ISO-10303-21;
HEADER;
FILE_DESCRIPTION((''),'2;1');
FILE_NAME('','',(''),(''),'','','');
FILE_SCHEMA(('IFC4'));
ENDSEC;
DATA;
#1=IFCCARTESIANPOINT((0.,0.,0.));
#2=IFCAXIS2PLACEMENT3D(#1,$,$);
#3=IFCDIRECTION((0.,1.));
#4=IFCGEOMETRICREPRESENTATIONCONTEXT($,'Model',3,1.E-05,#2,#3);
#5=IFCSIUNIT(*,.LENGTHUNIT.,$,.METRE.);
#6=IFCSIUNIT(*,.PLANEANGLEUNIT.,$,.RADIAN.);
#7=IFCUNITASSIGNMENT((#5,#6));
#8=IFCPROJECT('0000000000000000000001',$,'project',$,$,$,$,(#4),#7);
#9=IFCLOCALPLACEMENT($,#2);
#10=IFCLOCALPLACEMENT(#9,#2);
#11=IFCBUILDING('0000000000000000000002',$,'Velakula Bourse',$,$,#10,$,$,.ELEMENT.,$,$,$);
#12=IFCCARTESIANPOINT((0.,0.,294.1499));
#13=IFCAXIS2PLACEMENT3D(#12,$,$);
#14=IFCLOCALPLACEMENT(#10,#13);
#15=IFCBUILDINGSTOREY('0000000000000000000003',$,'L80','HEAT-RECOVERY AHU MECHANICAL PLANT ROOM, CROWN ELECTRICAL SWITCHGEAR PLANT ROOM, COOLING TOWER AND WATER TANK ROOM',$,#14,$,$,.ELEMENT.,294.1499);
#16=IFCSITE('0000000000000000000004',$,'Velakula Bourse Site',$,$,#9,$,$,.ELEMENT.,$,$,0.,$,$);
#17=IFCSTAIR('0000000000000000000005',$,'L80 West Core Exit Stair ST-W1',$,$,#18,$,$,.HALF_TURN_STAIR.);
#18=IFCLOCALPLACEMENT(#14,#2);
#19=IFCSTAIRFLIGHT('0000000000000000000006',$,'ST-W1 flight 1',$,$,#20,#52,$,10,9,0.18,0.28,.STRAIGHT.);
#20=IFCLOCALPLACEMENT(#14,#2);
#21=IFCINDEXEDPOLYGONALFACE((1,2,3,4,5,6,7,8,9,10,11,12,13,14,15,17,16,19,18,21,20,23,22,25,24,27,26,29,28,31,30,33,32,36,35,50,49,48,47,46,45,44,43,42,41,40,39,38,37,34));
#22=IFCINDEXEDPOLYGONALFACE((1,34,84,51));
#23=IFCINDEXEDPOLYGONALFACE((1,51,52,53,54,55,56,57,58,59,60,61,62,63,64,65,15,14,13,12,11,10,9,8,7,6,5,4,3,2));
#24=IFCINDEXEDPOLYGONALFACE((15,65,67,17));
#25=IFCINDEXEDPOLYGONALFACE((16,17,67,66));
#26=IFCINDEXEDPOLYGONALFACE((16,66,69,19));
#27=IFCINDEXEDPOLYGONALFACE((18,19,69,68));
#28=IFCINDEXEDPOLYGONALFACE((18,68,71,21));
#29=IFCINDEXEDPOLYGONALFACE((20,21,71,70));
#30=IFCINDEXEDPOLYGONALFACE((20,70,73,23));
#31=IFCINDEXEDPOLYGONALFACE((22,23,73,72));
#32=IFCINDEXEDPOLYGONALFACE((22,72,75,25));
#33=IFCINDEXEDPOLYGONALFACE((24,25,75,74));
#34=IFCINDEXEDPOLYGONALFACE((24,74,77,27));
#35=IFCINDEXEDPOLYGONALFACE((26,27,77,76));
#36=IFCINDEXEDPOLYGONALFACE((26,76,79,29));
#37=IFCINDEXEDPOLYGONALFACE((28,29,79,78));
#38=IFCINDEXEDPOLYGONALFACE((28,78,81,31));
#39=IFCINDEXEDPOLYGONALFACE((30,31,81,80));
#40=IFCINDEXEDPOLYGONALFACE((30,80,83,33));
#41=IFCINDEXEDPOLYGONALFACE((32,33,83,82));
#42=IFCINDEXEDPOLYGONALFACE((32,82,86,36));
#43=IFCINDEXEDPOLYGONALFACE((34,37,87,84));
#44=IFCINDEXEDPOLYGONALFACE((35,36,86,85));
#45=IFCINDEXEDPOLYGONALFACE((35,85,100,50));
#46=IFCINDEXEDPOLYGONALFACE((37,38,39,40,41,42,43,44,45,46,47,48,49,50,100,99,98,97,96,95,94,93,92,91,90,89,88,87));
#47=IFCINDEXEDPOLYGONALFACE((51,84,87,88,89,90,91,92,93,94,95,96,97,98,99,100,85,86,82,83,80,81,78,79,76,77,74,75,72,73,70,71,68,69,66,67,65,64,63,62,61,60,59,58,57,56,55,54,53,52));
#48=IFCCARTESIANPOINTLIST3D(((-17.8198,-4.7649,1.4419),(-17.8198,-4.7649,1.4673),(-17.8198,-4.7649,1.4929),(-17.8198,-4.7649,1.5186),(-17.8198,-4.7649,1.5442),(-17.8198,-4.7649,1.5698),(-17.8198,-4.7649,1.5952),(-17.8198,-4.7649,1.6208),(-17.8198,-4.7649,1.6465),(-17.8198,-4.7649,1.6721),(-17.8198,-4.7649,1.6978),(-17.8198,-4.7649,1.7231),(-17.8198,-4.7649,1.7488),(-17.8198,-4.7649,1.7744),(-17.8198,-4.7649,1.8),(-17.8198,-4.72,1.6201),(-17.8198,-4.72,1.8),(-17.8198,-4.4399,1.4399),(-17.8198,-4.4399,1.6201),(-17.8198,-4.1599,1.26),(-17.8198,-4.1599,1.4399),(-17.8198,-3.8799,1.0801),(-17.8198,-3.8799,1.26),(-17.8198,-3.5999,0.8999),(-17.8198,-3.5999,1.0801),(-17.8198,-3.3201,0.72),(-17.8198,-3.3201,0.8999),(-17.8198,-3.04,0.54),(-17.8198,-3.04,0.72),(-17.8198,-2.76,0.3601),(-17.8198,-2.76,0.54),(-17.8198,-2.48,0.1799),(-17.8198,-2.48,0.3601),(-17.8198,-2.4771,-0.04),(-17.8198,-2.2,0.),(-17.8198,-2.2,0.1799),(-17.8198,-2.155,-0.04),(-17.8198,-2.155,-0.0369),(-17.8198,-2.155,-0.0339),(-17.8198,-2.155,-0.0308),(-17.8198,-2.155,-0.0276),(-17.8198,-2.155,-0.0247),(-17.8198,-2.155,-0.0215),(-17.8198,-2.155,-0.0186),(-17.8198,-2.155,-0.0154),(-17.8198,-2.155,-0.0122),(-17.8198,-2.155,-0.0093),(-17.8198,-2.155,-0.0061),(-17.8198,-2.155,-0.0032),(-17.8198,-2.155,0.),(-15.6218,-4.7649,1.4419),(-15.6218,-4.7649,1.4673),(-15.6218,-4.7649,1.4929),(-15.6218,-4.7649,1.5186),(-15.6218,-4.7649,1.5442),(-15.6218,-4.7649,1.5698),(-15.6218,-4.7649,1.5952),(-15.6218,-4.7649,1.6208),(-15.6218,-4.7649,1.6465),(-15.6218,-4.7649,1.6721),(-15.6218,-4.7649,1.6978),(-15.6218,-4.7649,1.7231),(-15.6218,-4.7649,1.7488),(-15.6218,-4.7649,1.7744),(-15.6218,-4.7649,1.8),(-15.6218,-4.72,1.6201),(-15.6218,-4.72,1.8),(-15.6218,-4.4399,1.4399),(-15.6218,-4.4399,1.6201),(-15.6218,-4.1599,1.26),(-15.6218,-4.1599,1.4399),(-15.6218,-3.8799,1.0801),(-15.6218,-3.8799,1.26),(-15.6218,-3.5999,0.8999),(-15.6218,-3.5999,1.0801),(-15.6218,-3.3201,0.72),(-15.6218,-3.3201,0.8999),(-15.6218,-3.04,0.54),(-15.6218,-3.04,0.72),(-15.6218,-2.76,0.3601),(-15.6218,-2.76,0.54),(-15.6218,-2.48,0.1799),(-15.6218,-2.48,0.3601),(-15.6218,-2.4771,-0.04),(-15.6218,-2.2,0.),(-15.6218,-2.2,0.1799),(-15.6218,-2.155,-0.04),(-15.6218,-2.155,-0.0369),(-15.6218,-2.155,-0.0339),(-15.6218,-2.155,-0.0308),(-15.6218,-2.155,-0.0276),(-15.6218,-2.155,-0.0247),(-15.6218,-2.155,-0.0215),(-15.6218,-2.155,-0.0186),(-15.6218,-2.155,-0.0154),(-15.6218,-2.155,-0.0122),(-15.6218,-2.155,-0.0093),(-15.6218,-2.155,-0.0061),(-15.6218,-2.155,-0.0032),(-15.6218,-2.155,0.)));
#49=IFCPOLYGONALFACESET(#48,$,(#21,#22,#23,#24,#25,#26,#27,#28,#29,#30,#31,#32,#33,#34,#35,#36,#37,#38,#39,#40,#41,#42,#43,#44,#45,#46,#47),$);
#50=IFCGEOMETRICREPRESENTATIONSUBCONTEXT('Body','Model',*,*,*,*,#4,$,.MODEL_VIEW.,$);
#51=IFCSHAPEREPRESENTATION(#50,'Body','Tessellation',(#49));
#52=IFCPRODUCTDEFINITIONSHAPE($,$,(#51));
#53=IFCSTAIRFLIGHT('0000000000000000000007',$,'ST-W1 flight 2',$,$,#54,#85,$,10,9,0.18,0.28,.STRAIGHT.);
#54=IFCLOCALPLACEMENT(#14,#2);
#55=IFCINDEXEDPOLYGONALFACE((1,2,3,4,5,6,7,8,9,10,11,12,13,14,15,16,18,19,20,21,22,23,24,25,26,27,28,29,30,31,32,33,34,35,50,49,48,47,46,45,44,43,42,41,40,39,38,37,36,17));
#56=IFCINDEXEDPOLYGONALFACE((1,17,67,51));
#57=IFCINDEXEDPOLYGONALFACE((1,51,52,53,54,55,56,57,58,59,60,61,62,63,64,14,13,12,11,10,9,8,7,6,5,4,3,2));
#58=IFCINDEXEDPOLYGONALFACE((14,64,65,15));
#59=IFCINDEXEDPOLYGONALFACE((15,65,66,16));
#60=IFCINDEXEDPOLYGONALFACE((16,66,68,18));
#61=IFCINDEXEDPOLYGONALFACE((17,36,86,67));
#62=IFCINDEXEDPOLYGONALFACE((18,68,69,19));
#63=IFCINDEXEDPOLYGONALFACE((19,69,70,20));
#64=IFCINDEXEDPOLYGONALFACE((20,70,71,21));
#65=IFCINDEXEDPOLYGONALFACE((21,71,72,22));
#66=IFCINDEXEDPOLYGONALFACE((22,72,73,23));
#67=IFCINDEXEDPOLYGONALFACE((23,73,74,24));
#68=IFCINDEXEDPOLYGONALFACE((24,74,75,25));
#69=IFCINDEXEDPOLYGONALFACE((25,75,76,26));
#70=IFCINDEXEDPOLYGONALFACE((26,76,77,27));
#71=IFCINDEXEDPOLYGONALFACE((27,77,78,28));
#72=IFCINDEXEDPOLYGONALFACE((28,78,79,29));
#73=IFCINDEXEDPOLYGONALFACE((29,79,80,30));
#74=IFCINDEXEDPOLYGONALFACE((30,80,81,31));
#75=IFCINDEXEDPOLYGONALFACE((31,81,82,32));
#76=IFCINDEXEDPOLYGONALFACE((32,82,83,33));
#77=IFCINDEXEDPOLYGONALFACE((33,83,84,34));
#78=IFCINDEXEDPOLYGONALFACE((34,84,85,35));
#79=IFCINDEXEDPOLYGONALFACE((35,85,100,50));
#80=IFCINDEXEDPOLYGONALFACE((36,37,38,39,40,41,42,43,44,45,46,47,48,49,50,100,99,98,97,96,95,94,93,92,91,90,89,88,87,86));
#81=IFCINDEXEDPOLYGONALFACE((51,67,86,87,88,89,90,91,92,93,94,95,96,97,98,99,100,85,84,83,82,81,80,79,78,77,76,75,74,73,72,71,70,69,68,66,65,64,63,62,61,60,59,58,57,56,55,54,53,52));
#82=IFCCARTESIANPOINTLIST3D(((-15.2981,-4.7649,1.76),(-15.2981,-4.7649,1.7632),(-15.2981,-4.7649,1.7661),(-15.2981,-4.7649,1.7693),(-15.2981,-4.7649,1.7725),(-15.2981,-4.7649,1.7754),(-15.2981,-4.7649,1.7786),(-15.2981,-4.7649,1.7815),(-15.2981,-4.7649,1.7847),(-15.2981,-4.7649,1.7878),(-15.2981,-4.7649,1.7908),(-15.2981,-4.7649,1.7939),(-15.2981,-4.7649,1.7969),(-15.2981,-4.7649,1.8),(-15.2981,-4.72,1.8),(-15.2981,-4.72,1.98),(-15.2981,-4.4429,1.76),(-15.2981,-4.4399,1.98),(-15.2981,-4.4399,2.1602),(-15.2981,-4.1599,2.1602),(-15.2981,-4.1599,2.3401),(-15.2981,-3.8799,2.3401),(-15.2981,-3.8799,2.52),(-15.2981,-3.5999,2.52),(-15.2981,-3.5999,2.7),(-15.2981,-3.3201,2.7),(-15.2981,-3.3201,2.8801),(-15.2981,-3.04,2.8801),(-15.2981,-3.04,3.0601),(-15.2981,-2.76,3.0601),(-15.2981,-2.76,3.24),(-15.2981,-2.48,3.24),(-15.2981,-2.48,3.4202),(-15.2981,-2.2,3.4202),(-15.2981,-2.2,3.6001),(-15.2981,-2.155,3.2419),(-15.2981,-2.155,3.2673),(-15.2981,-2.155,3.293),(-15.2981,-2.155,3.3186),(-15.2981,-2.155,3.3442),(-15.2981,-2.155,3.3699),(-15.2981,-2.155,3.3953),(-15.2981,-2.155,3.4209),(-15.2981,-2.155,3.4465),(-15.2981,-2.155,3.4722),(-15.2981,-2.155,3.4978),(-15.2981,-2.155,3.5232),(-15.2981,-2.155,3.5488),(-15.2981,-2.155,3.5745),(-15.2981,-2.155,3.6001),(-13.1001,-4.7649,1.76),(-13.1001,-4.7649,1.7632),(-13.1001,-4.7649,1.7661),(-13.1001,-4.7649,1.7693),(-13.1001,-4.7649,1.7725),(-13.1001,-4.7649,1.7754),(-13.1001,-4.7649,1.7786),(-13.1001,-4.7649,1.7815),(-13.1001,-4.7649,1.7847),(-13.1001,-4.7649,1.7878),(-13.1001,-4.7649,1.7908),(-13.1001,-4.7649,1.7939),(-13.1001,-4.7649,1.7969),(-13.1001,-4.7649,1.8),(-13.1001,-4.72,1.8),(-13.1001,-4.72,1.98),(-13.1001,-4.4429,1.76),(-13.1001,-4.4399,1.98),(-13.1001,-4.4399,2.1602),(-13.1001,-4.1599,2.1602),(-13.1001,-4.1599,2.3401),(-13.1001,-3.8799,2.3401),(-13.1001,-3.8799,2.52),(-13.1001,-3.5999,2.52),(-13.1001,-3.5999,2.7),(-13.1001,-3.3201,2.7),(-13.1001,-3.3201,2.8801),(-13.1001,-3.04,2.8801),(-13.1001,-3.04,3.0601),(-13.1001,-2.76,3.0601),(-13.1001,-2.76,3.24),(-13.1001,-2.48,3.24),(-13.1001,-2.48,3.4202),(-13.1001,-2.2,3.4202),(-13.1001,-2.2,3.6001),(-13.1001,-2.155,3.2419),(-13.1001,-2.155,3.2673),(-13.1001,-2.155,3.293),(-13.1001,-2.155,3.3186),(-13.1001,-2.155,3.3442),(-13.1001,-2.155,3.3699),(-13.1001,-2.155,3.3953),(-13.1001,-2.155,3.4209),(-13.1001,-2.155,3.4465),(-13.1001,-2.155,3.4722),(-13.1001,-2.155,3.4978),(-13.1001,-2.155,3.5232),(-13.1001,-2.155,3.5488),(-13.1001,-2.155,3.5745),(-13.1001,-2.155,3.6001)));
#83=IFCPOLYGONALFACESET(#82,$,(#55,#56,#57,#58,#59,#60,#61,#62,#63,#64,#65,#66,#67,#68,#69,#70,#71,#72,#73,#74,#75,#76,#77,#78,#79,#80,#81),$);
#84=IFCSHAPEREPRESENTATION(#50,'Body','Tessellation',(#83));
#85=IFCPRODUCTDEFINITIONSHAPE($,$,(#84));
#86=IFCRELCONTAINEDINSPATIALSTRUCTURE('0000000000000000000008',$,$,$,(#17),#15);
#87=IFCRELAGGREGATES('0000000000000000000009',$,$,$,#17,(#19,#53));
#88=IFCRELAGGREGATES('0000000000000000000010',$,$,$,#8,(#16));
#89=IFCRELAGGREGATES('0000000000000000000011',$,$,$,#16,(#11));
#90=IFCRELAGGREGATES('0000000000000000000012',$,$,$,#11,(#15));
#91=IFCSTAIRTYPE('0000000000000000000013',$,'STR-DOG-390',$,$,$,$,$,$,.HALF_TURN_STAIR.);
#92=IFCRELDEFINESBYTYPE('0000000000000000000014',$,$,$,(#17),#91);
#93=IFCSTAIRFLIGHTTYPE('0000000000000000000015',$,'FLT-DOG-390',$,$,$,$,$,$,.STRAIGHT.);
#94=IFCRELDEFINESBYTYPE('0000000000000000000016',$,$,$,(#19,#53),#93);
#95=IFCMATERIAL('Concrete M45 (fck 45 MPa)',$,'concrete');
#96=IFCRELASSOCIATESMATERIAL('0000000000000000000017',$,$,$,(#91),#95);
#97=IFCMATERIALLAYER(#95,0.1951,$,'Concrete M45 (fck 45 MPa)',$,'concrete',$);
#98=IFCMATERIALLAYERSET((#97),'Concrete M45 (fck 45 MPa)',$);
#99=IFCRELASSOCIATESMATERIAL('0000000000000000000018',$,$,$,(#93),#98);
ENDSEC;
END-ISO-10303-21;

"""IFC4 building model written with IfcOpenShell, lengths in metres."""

from ifc_helpers import new_model, si_unit, direction, frame, origin, place, context, subcontext, project, spatial, polyline, outline, extrude, material, layer, layer_set, type_object, element, aggregate, save


model = new_model("IFC4")

# Units and contexts
model_context = context("Model", 3, precision=1e-05, world=origin(), true_north=direction((0.0, 1.0)))
body_context = subcontext(model_context, "Body", "Model", "MODEL_VIEW")
ifc_project = project(units=[si_unit("LENGTHUNIT", "METRE"), si_unit("PLANEANGLEUNIT", "RADIAN")], contexts=[model_context])

# Site, building, storey
site_placement = place(None, origin())
site = spatial("IfcSite", under=ifc_project, at=site_placement, Name="Velakula Bourse Site", CompositionType="ELEMENT", RefElevation=0.0)
building_placement = place(site_placement, origin())
building = spatial("IfcBuilding", under=site, at=building_placement, Name="Velakula Bourse", CompositionType="ELEMENT")
storey_placement = place(building_placement, frame((0.0, 0.0, 294.1499)))
storey = spatial("IfcBuildingStorey", under=building, at=storey_placement, Name="L80", Description="HEAT-RECOVERY AHU MECHANICAL PLANT ROOM, CROWN ELECTRICAL SWITCHGEAR PLANT ROOM, COOLING TOWER AND WATER TANK ROOM", CompositionType="ELEMENT", Elevation=294.1499)

# Stair, stair flights
ifc_material_1 = material(Name="Concrete M45 (fck 45 MPa)", Category="concrete")
stair_type = type_object("IfcStairType", Name="STR-DOG-390", PredefinedType="HALF_TURN_STAIR", material=ifc_material_1)
stair_placement = place(storey_placement, origin())
stair = element("IfcStair", 1, at=stair_placement, inside=storey, type_object=stair_type, Name="L80 West Core Exit Stair ST-W1", PredefinedType="HALF_TURN_STAIR")
ifc_layer_1 = layer(ifc_material_1, 0.1951, Name="Concrete M45 (fck 45 MPa)", Category="concrete")
ifc_layer_set_1 = layer_set([ifc_layer_1], Name="Concrete M45 (fck 45 MPa)")
stair_flight_type = type_object("IfcStairFlightType", Name="FLT-DOG-390", PredefinedType="STRAIGHT", material=ifc_layer_set_1)
stair_flight_1_placement = place(storey_placement, frame((-16.7209, -2.2, 0.0), z_axis=(0.0, 0.0, 1.0), x_axis=(0.0, -1.0, 0.0)))
stair_flight_1 = element("IfcStairFlight", 2, at=stair_flight_1_placement, type_object=stair_flight_type, Name="ST-W1 flight 1", NumberOfRisers=10, NumberOfTreads=9, PredefinedType="STRAIGHT", RiserHeight=0.18, TreadLength=0.28, context=body_context, shape_type="SweptSolid", body=[
    extrude(outline(polyline([(-0.0449, -0.04), (-0.0449, -0.0369), (-0.0449, -0.0339), (-0.0449, -0.0308), (-0.0449, -0.0276), (-0.0449, -0.0247), (-0.0449, -0.0215), (-0.0449, -0.0186), (-0.0449, -0.0154), (-0.0449, -0.0122), (-0.0449, -0.0093), (-0.0449, -0.0061), (-0.0449, -0.0032), (-0.0449, 0.0), (0.0, 0.0), (0.0, 0.1799), (0.28, 0.1799), (0.28, 0.3601), (0.5601, 0.3601), (0.5601, 0.54), (0.8401, 0.54), (0.8401, 0.72), (1.1201, 0.72), (1.1201, 0.8999), (1.3999, 0.8999), (1.3999, 1.0801), (1.6799, 1.0801), (1.6799, 1.26), (1.96, 1.26), (1.96, 1.4399), (2.24, 1.4399), (2.24, 1.6201), (2.52, 1.6201), (2.52, 1.8), (2.5649, 1.8), (2.5649, 1.7744), (2.5649, 1.7488), (2.5649, 1.7231), (2.5649, 1.6978), (2.5649, 1.6721), (2.5649, 1.6465), (2.5649, 1.6208), (2.5649, 1.5952), (2.5649, 1.5698), (2.5649, 1.5442), (2.5649, 1.5186), (2.5649, 1.4929), (2.5649, 1.4673), (2.5649, 1.4419), (0.2771, -0.04), (-0.0449, -0.04)])), frame((0.0, 1.0991, 0.0), z_axis=(0.0, -1.0, 0.0), x_axis=(1.0, 0.0, 0.0)), (0.0, 0.0, 1.0), 2.198),
])
stair_flight_2_placement = place(storey_placement, frame((-14.199, -4.72, 1.8), z_axis=(0.0, 0.0, 1.0), x_axis=(0.0, 1.0, 0.0)))
stair_flight_2 = element("IfcStairFlight", 3, at=stair_flight_2_placement, type_object=stair_flight_type, Name="ST-W1 flight 2", NumberOfRisers=10, NumberOfTreads=9, PredefinedType="STRAIGHT", RiserHeight=0.18, TreadLength=0.28, context=body_context, shape_type="SweptSolid", body=[
    extrude(outline(polyline([(-0.0449, -0.04), (-0.0449, -0.0369), (-0.0449, -0.0339), (-0.0449, -0.0308), (-0.0449, -0.0276), (-0.0449, -0.0247), (-0.0449, -0.0215), (-0.0449, -0.0186), (-0.0449, -0.0154), (-0.0449, -0.0122), (-0.0449, -0.0093), (-0.0449, -0.0061), (-0.0449, -0.0032), (-0.0449, 0.0), (0.0, 0.0), (0.0, 0.1799), (0.28, 0.1799), (0.28, 0.3601), (0.5601, 0.3601), (0.5601, 0.54), (0.8401, 0.54), (0.8401, 0.72), (1.1201, 0.72), (1.1201, 0.8999), (1.3999, 0.8999), (1.3999, 1.0801), (1.6799, 1.0801), (1.6799, 1.26), (1.96, 1.26), (1.96, 1.4399), (2.24, 1.4399), (2.24, 1.6201), (2.52, 1.6201), (2.52, 1.8), (2.5649, 1.8), (2.5649, 1.7744), (2.5649, 1.7488), (2.5649, 1.7231), (2.5649, 1.6978), (2.5649, 1.6721), (2.5649, 1.6465), (2.5649, 1.6208), (2.5649, 1.5952), (2.5649, 1.5698), (2.5649, 1.5442), (2.5649, 1.5186), (2.5649, 1.4929), (2.5649, 1.4673), (2.5649, 1.4419), (0.2771, -0.04), (-0.0449, -0.04)])), frame((0.0, 1.0991, 0.0), z_axis=(0.0, -1.0, 0.0), x_axis=(1.0, 0.0, 0.0)), (0.0, 0.0, 1.0), 2.198),
])
aggregate(stair, [stair_flight_1, stair_flight_2])

save(model, "model.ifc")
